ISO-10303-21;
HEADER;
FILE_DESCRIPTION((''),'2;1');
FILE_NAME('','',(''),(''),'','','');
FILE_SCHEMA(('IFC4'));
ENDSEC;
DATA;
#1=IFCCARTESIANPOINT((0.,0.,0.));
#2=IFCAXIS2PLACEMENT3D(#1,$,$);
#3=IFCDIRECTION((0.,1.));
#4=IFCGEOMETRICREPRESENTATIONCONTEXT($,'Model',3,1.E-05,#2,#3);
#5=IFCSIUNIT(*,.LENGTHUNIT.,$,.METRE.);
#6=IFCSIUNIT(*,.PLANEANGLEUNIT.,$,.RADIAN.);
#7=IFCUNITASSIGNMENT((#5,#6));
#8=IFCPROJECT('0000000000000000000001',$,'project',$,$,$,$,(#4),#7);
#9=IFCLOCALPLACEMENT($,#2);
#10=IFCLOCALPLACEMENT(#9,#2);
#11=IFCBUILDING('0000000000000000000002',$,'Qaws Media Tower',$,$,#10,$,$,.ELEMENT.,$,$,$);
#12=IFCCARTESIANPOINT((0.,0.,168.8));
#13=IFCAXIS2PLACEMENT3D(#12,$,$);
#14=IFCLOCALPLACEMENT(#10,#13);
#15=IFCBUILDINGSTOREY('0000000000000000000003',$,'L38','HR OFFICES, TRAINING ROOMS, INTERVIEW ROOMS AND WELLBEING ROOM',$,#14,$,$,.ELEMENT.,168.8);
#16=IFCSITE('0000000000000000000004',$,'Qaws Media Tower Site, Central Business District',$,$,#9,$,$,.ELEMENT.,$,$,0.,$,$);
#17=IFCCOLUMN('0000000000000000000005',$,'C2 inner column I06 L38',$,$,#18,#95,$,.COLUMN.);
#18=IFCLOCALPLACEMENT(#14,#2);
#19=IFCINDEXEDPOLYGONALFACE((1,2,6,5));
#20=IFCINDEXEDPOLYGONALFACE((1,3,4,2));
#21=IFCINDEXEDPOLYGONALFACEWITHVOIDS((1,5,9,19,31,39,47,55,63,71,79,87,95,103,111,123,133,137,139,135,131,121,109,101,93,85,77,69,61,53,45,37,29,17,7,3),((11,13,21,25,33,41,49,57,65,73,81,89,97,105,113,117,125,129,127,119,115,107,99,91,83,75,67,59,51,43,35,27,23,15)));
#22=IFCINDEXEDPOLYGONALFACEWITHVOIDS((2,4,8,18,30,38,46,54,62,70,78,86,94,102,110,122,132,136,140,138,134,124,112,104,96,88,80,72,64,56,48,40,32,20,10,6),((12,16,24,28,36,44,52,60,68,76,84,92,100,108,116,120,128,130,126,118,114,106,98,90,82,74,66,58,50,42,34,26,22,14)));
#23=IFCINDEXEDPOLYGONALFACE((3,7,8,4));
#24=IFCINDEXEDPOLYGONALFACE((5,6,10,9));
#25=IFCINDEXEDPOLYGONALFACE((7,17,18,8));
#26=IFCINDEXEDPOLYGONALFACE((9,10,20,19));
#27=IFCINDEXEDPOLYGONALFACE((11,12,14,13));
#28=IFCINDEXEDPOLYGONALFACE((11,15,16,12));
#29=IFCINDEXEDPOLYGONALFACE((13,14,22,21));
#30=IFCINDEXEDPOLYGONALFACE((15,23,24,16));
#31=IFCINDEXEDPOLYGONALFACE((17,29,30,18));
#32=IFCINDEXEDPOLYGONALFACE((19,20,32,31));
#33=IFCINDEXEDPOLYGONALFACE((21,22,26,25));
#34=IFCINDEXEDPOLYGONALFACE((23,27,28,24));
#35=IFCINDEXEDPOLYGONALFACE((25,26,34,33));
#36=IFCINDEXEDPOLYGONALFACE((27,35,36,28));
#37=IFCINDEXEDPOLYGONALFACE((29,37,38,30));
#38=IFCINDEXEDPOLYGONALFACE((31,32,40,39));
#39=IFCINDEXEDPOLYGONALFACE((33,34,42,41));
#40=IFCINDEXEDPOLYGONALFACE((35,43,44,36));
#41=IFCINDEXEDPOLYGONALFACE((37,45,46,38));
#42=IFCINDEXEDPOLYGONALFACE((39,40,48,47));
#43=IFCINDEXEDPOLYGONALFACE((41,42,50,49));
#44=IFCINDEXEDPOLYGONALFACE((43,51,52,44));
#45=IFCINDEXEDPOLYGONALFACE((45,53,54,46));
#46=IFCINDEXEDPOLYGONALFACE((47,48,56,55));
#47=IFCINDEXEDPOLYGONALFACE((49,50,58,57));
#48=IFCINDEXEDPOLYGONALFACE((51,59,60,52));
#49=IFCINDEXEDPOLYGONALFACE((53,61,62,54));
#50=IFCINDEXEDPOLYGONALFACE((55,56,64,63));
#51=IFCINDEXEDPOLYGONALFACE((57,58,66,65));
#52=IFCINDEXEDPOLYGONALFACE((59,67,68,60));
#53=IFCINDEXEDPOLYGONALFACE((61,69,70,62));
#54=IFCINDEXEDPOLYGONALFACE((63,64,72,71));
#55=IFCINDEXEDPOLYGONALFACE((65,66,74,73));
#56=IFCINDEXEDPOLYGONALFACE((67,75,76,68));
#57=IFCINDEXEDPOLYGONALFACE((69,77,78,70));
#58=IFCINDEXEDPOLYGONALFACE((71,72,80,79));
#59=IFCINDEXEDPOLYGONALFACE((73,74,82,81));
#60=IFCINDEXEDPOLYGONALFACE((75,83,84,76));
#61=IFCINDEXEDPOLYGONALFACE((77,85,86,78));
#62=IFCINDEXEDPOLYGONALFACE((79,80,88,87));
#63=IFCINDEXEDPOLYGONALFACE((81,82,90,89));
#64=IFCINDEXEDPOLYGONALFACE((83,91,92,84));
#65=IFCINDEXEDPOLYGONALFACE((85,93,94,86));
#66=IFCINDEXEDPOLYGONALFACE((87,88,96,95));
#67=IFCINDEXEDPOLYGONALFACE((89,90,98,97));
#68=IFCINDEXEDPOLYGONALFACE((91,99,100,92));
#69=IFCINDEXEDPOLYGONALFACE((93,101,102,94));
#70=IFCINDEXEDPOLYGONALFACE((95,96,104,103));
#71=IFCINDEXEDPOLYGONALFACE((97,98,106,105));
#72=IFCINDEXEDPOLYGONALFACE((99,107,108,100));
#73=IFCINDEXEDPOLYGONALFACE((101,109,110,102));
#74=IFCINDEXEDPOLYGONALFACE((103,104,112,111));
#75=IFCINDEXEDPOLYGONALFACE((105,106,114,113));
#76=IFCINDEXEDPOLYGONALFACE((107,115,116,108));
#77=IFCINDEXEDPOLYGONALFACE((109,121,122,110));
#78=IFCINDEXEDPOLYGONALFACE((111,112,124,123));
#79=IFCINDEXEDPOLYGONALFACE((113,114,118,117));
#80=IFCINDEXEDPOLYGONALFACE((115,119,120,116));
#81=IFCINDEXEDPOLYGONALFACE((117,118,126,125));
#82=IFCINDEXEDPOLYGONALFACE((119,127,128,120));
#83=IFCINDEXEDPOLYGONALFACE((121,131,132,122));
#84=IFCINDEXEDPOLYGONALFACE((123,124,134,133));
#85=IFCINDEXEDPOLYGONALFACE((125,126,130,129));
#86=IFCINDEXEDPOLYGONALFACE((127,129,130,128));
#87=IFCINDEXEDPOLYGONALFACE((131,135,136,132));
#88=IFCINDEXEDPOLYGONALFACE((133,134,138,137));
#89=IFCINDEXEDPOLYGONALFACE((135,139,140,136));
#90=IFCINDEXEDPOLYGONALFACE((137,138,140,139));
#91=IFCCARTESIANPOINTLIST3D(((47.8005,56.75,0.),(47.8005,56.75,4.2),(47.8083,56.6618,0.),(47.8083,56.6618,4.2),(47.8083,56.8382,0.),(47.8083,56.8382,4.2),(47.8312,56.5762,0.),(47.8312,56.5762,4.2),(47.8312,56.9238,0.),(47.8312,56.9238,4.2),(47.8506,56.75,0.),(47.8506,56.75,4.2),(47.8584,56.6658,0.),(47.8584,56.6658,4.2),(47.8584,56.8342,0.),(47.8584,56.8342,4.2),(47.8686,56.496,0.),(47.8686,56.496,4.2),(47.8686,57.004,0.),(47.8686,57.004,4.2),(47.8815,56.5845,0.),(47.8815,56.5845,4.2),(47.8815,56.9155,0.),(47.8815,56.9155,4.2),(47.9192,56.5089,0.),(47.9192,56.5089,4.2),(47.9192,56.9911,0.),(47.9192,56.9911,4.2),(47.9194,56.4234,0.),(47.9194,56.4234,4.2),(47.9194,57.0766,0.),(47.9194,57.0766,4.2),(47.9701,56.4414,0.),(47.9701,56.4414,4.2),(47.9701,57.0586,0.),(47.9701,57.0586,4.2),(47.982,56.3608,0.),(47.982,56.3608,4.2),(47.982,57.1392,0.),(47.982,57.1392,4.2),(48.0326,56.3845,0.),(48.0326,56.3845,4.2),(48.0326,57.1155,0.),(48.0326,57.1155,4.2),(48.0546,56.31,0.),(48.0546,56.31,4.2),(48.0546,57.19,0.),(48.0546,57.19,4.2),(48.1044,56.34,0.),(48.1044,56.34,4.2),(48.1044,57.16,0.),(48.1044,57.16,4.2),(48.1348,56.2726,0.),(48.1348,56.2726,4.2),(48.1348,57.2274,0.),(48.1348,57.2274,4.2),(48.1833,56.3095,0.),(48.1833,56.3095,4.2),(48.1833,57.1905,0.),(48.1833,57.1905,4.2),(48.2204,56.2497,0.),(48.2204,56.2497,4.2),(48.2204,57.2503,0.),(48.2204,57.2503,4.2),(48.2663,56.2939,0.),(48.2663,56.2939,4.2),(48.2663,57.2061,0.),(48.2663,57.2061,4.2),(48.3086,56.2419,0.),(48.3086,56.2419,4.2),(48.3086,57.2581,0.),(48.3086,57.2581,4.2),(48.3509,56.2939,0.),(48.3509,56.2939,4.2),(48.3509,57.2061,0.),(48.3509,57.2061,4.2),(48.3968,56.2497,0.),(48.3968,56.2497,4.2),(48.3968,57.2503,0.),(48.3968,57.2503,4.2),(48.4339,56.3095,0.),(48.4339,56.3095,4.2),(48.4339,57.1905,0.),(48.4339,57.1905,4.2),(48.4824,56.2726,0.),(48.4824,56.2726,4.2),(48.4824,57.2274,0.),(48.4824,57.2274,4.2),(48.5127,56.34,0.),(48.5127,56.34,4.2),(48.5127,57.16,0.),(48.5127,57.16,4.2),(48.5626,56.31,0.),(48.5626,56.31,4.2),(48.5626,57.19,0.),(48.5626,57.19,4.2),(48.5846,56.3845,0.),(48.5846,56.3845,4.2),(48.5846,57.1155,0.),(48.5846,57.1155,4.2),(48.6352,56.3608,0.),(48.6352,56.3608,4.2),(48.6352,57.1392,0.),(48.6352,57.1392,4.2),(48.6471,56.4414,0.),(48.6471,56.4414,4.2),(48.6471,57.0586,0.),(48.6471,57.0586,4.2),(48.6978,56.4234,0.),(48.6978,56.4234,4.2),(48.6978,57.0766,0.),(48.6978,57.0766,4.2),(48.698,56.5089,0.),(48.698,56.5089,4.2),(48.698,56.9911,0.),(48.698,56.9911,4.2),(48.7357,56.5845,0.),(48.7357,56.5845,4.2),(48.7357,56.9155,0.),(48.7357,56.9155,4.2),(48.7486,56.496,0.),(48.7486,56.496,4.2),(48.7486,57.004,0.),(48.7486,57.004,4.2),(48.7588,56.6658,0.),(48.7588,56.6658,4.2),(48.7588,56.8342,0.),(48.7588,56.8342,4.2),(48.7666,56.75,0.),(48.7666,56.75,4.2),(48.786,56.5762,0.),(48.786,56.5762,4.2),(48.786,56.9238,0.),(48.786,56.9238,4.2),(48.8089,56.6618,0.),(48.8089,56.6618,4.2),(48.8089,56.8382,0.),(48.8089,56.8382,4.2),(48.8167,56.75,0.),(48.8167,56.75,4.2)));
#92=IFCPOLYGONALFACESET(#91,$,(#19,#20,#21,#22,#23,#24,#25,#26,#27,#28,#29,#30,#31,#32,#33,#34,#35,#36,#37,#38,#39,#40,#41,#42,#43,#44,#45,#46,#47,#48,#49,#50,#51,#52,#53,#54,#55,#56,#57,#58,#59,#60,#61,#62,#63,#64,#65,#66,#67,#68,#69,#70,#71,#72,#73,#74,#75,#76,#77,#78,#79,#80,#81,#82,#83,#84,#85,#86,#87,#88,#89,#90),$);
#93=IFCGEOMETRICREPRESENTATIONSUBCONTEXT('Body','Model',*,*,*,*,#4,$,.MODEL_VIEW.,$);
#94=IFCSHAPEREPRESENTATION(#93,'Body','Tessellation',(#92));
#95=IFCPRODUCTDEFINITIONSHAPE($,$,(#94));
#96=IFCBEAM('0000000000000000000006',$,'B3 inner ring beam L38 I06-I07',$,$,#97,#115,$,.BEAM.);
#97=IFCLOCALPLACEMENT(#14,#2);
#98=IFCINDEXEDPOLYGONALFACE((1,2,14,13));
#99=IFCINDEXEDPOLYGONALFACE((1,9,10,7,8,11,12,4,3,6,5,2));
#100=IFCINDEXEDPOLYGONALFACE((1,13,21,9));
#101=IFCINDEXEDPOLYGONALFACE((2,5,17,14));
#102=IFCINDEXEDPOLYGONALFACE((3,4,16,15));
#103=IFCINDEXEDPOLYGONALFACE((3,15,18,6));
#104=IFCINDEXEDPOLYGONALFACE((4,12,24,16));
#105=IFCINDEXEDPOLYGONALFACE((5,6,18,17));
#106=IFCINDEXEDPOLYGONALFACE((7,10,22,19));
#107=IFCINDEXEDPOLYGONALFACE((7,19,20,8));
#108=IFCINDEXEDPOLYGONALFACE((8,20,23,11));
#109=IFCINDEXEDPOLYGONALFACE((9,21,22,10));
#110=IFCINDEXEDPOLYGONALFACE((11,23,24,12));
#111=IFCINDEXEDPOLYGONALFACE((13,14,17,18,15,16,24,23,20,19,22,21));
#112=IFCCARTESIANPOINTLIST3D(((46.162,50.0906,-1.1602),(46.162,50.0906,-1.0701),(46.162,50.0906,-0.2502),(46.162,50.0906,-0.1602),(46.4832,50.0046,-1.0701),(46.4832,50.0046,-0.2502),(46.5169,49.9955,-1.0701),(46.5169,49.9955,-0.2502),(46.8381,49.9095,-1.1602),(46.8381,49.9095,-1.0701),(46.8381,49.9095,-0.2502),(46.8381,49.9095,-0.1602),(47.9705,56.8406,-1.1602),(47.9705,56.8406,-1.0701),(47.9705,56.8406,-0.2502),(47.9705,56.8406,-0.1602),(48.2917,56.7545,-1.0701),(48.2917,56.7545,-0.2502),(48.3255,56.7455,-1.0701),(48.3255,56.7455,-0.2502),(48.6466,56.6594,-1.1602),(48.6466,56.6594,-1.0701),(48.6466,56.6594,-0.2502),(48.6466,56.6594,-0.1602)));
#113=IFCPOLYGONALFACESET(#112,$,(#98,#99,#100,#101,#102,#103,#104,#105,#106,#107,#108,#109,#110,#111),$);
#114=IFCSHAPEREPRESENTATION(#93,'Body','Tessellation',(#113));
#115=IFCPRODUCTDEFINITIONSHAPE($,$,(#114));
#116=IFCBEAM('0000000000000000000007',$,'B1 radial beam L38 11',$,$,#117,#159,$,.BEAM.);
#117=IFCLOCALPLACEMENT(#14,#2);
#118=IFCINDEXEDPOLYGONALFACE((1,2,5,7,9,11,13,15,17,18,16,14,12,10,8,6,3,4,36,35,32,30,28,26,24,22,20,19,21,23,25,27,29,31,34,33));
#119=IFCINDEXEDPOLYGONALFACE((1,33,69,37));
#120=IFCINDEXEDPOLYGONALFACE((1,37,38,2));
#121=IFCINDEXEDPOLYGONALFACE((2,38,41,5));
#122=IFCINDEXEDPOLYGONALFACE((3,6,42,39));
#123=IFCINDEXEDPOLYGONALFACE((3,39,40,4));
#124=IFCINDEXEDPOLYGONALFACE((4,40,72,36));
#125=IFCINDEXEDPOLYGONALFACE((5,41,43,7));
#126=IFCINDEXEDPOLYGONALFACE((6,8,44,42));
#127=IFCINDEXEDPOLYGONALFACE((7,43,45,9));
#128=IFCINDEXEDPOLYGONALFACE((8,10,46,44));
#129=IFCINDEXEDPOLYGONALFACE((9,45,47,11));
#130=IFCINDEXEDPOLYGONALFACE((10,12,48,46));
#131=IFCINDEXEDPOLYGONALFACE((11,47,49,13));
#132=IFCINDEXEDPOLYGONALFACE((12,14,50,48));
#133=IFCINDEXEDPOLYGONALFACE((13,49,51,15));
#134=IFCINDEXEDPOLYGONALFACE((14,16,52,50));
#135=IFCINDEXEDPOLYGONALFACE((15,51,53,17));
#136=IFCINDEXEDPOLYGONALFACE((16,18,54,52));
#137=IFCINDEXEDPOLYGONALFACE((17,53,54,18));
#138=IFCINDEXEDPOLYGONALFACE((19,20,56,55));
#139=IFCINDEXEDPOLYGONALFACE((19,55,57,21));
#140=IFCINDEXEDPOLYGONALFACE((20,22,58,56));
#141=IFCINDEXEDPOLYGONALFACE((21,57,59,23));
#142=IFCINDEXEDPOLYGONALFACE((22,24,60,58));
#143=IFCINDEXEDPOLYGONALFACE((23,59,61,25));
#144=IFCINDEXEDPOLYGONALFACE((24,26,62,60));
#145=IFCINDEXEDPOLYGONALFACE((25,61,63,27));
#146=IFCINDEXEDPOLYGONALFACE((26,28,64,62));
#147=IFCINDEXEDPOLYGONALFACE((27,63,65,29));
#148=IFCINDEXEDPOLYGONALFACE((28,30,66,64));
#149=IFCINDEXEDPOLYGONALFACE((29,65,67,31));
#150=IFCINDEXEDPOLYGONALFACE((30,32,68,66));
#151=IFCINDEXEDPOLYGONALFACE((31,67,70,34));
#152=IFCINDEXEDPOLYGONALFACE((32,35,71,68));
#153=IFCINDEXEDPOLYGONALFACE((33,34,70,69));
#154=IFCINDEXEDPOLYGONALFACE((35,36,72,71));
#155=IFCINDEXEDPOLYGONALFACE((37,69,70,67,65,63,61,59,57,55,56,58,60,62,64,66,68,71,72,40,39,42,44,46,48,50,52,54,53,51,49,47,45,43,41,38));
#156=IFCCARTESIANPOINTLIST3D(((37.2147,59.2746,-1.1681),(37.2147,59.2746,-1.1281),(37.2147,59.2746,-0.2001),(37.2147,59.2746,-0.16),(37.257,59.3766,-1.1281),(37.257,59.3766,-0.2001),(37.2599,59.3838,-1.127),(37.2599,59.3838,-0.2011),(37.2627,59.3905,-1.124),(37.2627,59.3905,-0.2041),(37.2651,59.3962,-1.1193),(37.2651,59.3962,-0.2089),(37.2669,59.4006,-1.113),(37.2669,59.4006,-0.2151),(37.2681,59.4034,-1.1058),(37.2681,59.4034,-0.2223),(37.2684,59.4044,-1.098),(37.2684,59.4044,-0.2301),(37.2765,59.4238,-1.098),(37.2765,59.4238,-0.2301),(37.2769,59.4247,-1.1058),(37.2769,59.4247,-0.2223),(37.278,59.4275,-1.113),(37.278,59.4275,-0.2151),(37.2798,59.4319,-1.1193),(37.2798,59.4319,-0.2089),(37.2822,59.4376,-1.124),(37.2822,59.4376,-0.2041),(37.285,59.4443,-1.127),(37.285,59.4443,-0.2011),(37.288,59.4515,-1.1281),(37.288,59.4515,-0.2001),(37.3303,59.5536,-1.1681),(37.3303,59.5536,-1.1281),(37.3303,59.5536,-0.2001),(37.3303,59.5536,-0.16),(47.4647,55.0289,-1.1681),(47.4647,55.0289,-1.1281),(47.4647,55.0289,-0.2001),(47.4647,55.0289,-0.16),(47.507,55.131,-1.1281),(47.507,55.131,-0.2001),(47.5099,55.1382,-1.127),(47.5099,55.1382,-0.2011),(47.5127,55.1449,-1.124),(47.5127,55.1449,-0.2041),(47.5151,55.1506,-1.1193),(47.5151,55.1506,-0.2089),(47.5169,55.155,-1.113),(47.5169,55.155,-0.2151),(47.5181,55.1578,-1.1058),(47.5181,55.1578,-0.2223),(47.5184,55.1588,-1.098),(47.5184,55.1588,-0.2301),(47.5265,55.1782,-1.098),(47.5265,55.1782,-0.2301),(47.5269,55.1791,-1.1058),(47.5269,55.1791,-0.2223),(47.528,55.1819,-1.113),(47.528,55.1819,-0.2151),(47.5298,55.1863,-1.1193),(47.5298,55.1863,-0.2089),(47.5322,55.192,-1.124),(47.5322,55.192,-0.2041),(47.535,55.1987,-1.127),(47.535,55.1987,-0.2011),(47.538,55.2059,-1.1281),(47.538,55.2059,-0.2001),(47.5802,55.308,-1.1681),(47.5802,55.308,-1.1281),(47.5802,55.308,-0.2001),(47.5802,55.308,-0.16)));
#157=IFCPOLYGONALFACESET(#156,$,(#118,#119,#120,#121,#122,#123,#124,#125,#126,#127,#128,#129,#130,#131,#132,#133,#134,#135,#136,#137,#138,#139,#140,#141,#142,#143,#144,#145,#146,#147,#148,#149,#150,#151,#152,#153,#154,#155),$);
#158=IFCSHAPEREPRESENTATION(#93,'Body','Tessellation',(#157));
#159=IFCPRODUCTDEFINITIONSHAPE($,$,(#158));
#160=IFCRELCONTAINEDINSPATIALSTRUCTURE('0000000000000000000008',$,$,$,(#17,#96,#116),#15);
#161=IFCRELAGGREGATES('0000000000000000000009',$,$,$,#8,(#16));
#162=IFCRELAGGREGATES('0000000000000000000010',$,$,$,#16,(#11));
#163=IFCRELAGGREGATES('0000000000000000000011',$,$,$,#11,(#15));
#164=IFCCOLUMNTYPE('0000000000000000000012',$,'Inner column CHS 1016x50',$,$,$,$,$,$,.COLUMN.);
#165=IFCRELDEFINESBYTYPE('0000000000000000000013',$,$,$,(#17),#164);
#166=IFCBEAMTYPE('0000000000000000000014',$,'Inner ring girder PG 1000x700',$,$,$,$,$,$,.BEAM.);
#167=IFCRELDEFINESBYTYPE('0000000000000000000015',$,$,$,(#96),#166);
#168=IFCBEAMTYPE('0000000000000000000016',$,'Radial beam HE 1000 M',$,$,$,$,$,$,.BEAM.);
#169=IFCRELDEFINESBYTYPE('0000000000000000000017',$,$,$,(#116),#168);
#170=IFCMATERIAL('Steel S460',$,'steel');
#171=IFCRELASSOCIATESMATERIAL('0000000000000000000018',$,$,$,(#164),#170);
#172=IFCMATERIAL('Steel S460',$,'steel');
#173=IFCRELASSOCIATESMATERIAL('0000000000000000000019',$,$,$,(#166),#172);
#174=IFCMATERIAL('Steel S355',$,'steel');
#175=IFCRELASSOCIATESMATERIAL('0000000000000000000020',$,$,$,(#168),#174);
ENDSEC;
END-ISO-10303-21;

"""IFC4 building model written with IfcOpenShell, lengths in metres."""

from ifc_helpers import new_model, si_unit, direction, frame, origin, origin_2d, place, context, subcontext, project, spatial, hollow_circle, i_section, extrude, material, material_profile, profile_set, type_object, element, save


model = new_model("IFC4")

# Units and contexts
model_context = context("Model", 3, precision=1e-05, world=origin(), true_north=direction((0.0, 1.0)))
body_context = subcontext(model_context, "Body", "Model", "MODEL_VIEW")
ifc_project = project(units=[si_unit("LENGTHUNIT", "METRE"), si_unit("PLANEANGLEUNIT", "RADIAN")], contexts=[model_context])

# Site, building, storey
site_placement = place(None, origin())
site = spatial("IfcSite", under=ifc_project, at=site_placement, Name="Qaws Media Tower Site, Central Business District", CompositionType="ELEMENT", RefElevation=0.0)
building_placement = place(site_placement, origin())
building = spatial("IfcBuilding", under=site, at=building_placement, Name="Qaws Media Tower", CompositionType="ELEMENT")
storey_placement = place(building_placement, frame((0.0, 0.0, 168.8)))
storey = spatial("IfcBuildingStorey", under=building, at=storey_placement, Name="L38", Description="HR OFFICES, TRAINING ROOMS, INTERVIEW ROOMS AND WELLBEING ROOM", CompositionType="ELEMENT", Elevation=168.8)

# Column
ifc_material_1 = material(Name="Steel S460", Category="steel")
ifc_material_profile_1 = material_profile(ifc_material_1, hollow_circle(Radius=0.5081, WallThickness=0.05, at=origin_2d()), Name="CHS 1016x50")
ifc_profile_set_1 = profile_set([ifc_material_profile_1], Name="Steel S460")
column_type = type_object("IfcColumnType", Name="Inner column CHS 1016x50", PredefinedType="COLUMN", material=ifc_profile_set_1)
column_placement = place(storey_placement, frame((48.3086, 56.75, 0.0), z_axis=(0.0, 0.0, 1.0), x_axis=(1.0, 0.0, 0.0)))
element("IfcColumn", 1, at=column_placement, inside=storey, type_object=column_type, Name="C2 inner column I06 L38", PredefinedType="COLUMN", context=body_context, shape_type="SweptSolid", body=[
    extrude(hollow_circle(Radius=0.5081, WallThickness=0.05, at=origin_2d()), origin(), (0.0, 0.0, 1.0), 4.2),
])

# Beams
ifc_material_2 = material(Name="Steel S460", Category="steel")
ifc_material_profile_2 = material_profile(ifc_material_2, i_section(OverallWidth=0.7, OverallDepth=1.0, WebThickness=0.0349, FlangeThickness=0.0901, at=origin_2d()), Name="PG 1000x700")
ifc_profile_set_2 = profile_set([ifc_material_profile_2], Name="Steel S460")
beam_type_1 = type_object("IfcBeamType", Name="Inner ring girder PG 1000x700", PredefinedType="BEAM", material=ifc_profile_set_2)
beam_1_placement = place(storey_placement, frame((48.3086, 56.75, -0.6602), z_axis=(-0.258811, -0.965928, 0.0), x_axis=(0.965928, -0.258811, 0.0)))
element("IfcBeam", 2, at=beam_1_placement, inside=storey, type_object=beam_type_1, Name="B3 inner ring beam L38 I06-I07", PredefinedType="BEAM", context=body_context, shape_type="SweptSolid", body=[
    extrude(i_section(OverallWidth=0.7, OverallDepth=1.0, WebThickness=0.0349, FlangeThickness=0.0901, at=origin_2d()), origin(), (0.0, 0.0, 1.0), 6.988),
])
ifc_material_3 = material(Name="Steel S355", Category="steel")
ifc_material_profile_3 = material_profile(ifc_material_3, i_section(OverallWidth=0.302, OverallDepth=1.0081, WebThickness=0.021, FlangeThickness=0.04, FilletRadius=0.03, at=origin_2d()), Name="HE 1000 M")
ifc_profile_set_3 = profile_set([ifc_material_profile_3], Name="Steel S355")
beam_type_2 = type_object("IfcBeamType", Name="Radial beam HE 1000 M", PredefinedType="BEAM", material=ifc_profile_set_3)
beam_2_placement = place(storey_placement, frame((47.5225, 55.1685, -0.6641), z_axis=(-0.923882, 0.382677, 0.0), x_axis=(-0.382677, -0.923882, 0.0)))
element("IfcBeam", 3, at=beam_2_placement, inside=storey, type_object=beam_type_2, Name="B1 radial beam L38 11", PredefinedType="BEAM", context=body_context, shape_type="SweptSolid", body=[
    extrude(i_section(OverallWidth=0.302, OverallDepth=1.0081, WebThickness=0.021, FlangeThickness=0.04, FilletRadius=0.03, at=origin_2d()), origin(), (0.0, 0.0, 1.0), 11.0945),
])

save(model, "model.ifc")
